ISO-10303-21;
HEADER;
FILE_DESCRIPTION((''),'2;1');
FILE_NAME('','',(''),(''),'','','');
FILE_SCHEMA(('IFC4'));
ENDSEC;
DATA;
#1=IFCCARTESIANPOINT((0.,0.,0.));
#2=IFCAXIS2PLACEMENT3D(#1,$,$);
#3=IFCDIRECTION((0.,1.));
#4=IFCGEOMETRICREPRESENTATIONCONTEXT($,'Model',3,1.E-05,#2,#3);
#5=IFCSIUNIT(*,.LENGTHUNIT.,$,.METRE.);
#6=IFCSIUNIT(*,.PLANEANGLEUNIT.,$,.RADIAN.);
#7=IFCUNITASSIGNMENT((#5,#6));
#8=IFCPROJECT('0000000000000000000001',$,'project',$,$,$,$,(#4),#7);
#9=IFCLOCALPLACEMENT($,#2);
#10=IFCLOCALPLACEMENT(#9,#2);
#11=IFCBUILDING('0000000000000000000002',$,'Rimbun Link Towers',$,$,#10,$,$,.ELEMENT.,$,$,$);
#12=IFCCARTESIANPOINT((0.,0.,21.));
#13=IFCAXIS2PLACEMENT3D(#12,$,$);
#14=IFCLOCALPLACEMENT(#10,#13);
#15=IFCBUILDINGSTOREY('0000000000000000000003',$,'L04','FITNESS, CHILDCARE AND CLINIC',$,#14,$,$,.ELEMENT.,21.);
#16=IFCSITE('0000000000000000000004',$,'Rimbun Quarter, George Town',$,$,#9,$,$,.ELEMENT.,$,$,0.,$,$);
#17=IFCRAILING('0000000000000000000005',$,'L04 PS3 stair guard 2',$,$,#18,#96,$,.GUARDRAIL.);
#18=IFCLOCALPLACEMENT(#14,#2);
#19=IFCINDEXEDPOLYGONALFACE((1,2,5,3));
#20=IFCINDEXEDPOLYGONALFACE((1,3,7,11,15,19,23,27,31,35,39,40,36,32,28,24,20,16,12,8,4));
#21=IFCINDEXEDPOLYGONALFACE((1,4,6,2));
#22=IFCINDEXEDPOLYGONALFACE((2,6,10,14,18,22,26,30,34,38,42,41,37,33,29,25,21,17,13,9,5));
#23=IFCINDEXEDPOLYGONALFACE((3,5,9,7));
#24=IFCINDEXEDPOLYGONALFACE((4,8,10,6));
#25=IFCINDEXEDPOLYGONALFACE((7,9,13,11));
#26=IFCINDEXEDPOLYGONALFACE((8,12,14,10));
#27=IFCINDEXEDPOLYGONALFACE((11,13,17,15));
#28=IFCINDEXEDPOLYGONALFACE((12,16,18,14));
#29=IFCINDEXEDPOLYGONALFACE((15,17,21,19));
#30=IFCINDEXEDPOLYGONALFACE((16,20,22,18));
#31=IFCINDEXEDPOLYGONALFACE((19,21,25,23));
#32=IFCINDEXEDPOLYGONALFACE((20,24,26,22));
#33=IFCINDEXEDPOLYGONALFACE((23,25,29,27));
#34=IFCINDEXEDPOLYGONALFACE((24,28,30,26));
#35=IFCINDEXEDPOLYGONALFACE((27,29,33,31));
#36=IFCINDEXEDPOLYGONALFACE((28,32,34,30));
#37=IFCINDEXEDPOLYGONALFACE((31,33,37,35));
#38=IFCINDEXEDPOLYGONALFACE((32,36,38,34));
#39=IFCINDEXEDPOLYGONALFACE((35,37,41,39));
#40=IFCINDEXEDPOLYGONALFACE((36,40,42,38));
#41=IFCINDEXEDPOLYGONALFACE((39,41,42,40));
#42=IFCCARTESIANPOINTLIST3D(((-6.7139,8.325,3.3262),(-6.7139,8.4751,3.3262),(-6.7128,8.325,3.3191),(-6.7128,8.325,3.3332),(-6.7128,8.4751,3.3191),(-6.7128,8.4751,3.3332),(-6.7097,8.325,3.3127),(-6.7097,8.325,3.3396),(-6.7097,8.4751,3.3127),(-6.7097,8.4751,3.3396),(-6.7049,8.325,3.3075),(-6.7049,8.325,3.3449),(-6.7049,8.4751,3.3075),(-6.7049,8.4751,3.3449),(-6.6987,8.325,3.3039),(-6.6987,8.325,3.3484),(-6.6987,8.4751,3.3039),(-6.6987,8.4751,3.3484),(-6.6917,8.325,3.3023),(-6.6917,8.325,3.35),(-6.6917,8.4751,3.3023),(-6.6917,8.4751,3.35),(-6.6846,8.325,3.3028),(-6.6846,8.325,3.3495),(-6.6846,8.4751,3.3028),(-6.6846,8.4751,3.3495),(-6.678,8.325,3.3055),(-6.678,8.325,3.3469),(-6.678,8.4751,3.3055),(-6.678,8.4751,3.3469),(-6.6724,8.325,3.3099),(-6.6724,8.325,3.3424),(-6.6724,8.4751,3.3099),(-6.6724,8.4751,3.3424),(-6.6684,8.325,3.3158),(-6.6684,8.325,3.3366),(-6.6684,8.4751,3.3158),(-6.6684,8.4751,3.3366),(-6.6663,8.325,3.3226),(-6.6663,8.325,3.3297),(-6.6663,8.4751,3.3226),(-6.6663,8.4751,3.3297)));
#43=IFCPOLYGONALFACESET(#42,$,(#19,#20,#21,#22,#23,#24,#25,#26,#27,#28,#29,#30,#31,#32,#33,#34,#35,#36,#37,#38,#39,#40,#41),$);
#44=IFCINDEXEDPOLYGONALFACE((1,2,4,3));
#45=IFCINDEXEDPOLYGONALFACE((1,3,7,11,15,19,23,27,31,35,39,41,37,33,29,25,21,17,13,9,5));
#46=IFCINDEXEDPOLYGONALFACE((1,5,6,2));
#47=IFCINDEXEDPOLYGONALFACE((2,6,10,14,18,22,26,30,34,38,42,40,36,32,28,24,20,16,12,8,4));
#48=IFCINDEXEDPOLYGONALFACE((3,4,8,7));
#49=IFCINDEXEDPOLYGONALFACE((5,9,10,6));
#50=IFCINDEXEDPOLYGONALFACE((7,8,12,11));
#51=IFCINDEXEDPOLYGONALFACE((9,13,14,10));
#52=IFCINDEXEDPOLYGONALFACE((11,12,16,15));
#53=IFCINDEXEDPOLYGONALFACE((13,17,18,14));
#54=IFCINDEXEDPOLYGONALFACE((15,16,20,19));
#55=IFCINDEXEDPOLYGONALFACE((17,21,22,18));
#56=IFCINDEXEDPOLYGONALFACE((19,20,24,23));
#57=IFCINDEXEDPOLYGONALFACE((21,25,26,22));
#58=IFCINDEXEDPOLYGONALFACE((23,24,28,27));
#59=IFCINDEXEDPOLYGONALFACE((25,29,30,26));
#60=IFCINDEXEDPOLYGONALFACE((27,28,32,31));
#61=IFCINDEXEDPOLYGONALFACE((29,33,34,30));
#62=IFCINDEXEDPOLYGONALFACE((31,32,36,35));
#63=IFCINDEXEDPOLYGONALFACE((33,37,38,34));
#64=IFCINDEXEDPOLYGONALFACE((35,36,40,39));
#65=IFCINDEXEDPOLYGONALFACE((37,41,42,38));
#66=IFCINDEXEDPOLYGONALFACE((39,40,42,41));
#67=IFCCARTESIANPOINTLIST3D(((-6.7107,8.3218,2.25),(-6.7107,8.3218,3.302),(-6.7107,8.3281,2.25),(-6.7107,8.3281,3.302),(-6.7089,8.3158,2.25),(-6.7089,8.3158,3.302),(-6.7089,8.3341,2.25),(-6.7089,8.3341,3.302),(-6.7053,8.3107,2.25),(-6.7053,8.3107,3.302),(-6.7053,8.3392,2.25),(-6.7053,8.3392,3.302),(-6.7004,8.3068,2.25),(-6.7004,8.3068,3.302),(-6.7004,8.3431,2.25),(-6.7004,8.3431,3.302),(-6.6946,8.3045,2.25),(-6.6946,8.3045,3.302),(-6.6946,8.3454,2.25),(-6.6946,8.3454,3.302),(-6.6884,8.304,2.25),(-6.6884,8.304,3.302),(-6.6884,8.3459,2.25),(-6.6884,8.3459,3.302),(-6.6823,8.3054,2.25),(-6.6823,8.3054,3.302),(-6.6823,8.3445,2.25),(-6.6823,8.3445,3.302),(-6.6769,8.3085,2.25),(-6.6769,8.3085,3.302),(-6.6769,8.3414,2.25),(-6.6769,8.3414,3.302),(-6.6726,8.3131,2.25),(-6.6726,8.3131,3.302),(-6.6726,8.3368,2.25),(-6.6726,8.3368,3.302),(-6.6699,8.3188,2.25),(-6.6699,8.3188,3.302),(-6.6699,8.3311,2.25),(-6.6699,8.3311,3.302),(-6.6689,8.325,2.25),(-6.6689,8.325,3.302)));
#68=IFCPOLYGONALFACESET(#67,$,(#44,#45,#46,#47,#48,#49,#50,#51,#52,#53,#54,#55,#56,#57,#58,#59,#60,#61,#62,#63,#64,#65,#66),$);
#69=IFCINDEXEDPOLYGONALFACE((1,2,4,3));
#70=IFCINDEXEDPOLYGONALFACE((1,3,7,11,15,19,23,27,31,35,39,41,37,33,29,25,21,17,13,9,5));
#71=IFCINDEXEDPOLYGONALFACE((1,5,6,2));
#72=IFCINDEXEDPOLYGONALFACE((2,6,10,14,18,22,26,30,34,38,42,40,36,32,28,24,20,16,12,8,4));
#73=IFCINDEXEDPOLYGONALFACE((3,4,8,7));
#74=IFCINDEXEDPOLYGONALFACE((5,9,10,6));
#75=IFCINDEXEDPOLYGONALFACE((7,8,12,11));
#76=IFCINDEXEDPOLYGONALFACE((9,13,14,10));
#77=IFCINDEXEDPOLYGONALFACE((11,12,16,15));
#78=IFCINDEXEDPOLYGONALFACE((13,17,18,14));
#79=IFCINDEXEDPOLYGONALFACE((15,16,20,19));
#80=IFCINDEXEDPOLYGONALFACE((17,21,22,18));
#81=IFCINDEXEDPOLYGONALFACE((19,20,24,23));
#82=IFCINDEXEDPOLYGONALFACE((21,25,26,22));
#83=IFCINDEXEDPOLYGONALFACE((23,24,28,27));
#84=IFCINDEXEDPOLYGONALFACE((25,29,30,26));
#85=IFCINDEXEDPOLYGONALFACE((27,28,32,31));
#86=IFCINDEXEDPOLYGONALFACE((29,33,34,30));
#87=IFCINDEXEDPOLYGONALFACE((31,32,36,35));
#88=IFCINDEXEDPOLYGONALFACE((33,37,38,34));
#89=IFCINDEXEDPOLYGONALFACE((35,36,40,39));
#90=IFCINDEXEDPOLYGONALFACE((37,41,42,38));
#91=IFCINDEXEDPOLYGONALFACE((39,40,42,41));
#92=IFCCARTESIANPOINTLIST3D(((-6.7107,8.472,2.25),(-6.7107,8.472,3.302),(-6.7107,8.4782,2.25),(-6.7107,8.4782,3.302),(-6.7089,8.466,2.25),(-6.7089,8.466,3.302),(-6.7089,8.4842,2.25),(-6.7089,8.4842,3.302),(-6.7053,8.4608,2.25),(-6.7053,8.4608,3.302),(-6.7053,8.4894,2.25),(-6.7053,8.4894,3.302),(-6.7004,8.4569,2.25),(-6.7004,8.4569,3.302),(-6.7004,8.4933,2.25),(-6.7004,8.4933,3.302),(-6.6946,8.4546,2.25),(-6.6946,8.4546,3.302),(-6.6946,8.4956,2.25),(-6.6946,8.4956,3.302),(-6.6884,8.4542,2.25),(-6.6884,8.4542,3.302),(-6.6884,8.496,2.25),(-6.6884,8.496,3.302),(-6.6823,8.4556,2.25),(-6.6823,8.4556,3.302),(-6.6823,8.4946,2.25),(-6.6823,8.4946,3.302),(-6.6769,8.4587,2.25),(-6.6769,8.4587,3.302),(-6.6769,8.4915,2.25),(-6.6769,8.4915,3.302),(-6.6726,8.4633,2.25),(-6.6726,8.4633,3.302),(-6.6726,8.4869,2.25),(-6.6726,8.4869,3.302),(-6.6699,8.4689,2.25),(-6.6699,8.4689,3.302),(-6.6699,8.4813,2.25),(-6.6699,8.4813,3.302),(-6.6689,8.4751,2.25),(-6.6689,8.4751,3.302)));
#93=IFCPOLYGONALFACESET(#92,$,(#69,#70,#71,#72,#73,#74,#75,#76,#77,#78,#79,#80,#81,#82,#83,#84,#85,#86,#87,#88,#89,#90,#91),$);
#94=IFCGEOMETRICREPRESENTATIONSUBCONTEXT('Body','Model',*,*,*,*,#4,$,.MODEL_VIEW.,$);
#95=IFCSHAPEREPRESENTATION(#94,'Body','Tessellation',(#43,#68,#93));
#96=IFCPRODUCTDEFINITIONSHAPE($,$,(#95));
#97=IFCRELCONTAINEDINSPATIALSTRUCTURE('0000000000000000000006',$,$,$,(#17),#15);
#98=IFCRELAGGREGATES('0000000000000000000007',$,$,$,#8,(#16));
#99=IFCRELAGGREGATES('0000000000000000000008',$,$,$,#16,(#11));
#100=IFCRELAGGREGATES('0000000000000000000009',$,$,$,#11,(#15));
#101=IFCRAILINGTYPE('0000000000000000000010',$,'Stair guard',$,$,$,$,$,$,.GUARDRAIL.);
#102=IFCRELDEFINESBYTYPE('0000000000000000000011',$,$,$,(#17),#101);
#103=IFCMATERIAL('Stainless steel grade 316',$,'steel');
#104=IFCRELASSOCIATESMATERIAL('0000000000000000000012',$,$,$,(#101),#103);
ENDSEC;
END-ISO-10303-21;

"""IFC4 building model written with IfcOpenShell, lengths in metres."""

from ifc_helpers import new_model, si_unit, direction, frame, origin, origin_2d, place, context, subcontext, project, spatial, circle, extrude, material, type_object, element, save


model = new_model("IFC4")

# Units and contexts
model_context = context("Model", 3, precision=1e-05, world=origin(), true_north=direction((0.0, 1.0)))
body_context = subcontext(model_context, "Body", "Model", "MODEL_VIEW")
ifc_project = project(units=[si_unit("LENGTHUNIT", "METRE"), si_unit("PLANEANGLEUNIT", "RADIAN")], contexts=[model_context])

# Site, building, storey
site_placement = place(None, origin())
site = spatial("IfcSite", under=ifc_project, at=site_placement, Name="Rimbun Quarter, George Town", CompositionType="ELEMENT", RefElevation=0.0)
building_placement = place(site_placement, origin())
building = spatial("IfcBuilding", under=site, at=building_placement, Name="Rimbun Link Towers", CompositionType="ELEMENT")
storey_placement = place(building_placement, frame((0.0, 0.0, 21.0)))
storey = spatial("IfcBuildingStorey", under=building, at=storey_placement, Name="L04", Description="FITNESS, CHILDCARE AND CLINIC", CompositionType="ELEMENT", Elevation=21.0)

# Railing
ifc_material_1 = material(Name="Stainless steel grade 316", Category="steel")
railing_type_1 = type_object("IfcRailingType", Name="Stair guard", PredefinedType="GUARDRAIL", material=ifc_material_1)
railing_1_placement = place(storey_placement, frame((-6.6899, 8.325, 2.25)))
element("IfcRailing", 1, at=railing_1_placement, inside=storey, type_object=railing_type_1, Name="L04 PS3 stair guard 2", PredefinedType="GUARDRAIL", context=body_context, shape_type="SweptSolid", body=[
    extrude(circle(Radius=0.0239, at=origin_2d()), frame((0.0, 0.0, 1.0762), z_axis=(0.0, 1.0, 0.0), x_axis=(-1.0, 0.0, 0.0)), (0.0, 0.0, 1.0), 0.1501),
    extrude(circle(Radius=0.021, at=origin_2d()), origin(), (0.0, 0.0, 1.0), 1.052),
    extrude(circle(Radius=0.021, at=origin_2d()), frame((0.0, 0.1501, 0.0)), (0.0, 0.0, 1.0), 1.052),
])

save(model, "model.ifc")
